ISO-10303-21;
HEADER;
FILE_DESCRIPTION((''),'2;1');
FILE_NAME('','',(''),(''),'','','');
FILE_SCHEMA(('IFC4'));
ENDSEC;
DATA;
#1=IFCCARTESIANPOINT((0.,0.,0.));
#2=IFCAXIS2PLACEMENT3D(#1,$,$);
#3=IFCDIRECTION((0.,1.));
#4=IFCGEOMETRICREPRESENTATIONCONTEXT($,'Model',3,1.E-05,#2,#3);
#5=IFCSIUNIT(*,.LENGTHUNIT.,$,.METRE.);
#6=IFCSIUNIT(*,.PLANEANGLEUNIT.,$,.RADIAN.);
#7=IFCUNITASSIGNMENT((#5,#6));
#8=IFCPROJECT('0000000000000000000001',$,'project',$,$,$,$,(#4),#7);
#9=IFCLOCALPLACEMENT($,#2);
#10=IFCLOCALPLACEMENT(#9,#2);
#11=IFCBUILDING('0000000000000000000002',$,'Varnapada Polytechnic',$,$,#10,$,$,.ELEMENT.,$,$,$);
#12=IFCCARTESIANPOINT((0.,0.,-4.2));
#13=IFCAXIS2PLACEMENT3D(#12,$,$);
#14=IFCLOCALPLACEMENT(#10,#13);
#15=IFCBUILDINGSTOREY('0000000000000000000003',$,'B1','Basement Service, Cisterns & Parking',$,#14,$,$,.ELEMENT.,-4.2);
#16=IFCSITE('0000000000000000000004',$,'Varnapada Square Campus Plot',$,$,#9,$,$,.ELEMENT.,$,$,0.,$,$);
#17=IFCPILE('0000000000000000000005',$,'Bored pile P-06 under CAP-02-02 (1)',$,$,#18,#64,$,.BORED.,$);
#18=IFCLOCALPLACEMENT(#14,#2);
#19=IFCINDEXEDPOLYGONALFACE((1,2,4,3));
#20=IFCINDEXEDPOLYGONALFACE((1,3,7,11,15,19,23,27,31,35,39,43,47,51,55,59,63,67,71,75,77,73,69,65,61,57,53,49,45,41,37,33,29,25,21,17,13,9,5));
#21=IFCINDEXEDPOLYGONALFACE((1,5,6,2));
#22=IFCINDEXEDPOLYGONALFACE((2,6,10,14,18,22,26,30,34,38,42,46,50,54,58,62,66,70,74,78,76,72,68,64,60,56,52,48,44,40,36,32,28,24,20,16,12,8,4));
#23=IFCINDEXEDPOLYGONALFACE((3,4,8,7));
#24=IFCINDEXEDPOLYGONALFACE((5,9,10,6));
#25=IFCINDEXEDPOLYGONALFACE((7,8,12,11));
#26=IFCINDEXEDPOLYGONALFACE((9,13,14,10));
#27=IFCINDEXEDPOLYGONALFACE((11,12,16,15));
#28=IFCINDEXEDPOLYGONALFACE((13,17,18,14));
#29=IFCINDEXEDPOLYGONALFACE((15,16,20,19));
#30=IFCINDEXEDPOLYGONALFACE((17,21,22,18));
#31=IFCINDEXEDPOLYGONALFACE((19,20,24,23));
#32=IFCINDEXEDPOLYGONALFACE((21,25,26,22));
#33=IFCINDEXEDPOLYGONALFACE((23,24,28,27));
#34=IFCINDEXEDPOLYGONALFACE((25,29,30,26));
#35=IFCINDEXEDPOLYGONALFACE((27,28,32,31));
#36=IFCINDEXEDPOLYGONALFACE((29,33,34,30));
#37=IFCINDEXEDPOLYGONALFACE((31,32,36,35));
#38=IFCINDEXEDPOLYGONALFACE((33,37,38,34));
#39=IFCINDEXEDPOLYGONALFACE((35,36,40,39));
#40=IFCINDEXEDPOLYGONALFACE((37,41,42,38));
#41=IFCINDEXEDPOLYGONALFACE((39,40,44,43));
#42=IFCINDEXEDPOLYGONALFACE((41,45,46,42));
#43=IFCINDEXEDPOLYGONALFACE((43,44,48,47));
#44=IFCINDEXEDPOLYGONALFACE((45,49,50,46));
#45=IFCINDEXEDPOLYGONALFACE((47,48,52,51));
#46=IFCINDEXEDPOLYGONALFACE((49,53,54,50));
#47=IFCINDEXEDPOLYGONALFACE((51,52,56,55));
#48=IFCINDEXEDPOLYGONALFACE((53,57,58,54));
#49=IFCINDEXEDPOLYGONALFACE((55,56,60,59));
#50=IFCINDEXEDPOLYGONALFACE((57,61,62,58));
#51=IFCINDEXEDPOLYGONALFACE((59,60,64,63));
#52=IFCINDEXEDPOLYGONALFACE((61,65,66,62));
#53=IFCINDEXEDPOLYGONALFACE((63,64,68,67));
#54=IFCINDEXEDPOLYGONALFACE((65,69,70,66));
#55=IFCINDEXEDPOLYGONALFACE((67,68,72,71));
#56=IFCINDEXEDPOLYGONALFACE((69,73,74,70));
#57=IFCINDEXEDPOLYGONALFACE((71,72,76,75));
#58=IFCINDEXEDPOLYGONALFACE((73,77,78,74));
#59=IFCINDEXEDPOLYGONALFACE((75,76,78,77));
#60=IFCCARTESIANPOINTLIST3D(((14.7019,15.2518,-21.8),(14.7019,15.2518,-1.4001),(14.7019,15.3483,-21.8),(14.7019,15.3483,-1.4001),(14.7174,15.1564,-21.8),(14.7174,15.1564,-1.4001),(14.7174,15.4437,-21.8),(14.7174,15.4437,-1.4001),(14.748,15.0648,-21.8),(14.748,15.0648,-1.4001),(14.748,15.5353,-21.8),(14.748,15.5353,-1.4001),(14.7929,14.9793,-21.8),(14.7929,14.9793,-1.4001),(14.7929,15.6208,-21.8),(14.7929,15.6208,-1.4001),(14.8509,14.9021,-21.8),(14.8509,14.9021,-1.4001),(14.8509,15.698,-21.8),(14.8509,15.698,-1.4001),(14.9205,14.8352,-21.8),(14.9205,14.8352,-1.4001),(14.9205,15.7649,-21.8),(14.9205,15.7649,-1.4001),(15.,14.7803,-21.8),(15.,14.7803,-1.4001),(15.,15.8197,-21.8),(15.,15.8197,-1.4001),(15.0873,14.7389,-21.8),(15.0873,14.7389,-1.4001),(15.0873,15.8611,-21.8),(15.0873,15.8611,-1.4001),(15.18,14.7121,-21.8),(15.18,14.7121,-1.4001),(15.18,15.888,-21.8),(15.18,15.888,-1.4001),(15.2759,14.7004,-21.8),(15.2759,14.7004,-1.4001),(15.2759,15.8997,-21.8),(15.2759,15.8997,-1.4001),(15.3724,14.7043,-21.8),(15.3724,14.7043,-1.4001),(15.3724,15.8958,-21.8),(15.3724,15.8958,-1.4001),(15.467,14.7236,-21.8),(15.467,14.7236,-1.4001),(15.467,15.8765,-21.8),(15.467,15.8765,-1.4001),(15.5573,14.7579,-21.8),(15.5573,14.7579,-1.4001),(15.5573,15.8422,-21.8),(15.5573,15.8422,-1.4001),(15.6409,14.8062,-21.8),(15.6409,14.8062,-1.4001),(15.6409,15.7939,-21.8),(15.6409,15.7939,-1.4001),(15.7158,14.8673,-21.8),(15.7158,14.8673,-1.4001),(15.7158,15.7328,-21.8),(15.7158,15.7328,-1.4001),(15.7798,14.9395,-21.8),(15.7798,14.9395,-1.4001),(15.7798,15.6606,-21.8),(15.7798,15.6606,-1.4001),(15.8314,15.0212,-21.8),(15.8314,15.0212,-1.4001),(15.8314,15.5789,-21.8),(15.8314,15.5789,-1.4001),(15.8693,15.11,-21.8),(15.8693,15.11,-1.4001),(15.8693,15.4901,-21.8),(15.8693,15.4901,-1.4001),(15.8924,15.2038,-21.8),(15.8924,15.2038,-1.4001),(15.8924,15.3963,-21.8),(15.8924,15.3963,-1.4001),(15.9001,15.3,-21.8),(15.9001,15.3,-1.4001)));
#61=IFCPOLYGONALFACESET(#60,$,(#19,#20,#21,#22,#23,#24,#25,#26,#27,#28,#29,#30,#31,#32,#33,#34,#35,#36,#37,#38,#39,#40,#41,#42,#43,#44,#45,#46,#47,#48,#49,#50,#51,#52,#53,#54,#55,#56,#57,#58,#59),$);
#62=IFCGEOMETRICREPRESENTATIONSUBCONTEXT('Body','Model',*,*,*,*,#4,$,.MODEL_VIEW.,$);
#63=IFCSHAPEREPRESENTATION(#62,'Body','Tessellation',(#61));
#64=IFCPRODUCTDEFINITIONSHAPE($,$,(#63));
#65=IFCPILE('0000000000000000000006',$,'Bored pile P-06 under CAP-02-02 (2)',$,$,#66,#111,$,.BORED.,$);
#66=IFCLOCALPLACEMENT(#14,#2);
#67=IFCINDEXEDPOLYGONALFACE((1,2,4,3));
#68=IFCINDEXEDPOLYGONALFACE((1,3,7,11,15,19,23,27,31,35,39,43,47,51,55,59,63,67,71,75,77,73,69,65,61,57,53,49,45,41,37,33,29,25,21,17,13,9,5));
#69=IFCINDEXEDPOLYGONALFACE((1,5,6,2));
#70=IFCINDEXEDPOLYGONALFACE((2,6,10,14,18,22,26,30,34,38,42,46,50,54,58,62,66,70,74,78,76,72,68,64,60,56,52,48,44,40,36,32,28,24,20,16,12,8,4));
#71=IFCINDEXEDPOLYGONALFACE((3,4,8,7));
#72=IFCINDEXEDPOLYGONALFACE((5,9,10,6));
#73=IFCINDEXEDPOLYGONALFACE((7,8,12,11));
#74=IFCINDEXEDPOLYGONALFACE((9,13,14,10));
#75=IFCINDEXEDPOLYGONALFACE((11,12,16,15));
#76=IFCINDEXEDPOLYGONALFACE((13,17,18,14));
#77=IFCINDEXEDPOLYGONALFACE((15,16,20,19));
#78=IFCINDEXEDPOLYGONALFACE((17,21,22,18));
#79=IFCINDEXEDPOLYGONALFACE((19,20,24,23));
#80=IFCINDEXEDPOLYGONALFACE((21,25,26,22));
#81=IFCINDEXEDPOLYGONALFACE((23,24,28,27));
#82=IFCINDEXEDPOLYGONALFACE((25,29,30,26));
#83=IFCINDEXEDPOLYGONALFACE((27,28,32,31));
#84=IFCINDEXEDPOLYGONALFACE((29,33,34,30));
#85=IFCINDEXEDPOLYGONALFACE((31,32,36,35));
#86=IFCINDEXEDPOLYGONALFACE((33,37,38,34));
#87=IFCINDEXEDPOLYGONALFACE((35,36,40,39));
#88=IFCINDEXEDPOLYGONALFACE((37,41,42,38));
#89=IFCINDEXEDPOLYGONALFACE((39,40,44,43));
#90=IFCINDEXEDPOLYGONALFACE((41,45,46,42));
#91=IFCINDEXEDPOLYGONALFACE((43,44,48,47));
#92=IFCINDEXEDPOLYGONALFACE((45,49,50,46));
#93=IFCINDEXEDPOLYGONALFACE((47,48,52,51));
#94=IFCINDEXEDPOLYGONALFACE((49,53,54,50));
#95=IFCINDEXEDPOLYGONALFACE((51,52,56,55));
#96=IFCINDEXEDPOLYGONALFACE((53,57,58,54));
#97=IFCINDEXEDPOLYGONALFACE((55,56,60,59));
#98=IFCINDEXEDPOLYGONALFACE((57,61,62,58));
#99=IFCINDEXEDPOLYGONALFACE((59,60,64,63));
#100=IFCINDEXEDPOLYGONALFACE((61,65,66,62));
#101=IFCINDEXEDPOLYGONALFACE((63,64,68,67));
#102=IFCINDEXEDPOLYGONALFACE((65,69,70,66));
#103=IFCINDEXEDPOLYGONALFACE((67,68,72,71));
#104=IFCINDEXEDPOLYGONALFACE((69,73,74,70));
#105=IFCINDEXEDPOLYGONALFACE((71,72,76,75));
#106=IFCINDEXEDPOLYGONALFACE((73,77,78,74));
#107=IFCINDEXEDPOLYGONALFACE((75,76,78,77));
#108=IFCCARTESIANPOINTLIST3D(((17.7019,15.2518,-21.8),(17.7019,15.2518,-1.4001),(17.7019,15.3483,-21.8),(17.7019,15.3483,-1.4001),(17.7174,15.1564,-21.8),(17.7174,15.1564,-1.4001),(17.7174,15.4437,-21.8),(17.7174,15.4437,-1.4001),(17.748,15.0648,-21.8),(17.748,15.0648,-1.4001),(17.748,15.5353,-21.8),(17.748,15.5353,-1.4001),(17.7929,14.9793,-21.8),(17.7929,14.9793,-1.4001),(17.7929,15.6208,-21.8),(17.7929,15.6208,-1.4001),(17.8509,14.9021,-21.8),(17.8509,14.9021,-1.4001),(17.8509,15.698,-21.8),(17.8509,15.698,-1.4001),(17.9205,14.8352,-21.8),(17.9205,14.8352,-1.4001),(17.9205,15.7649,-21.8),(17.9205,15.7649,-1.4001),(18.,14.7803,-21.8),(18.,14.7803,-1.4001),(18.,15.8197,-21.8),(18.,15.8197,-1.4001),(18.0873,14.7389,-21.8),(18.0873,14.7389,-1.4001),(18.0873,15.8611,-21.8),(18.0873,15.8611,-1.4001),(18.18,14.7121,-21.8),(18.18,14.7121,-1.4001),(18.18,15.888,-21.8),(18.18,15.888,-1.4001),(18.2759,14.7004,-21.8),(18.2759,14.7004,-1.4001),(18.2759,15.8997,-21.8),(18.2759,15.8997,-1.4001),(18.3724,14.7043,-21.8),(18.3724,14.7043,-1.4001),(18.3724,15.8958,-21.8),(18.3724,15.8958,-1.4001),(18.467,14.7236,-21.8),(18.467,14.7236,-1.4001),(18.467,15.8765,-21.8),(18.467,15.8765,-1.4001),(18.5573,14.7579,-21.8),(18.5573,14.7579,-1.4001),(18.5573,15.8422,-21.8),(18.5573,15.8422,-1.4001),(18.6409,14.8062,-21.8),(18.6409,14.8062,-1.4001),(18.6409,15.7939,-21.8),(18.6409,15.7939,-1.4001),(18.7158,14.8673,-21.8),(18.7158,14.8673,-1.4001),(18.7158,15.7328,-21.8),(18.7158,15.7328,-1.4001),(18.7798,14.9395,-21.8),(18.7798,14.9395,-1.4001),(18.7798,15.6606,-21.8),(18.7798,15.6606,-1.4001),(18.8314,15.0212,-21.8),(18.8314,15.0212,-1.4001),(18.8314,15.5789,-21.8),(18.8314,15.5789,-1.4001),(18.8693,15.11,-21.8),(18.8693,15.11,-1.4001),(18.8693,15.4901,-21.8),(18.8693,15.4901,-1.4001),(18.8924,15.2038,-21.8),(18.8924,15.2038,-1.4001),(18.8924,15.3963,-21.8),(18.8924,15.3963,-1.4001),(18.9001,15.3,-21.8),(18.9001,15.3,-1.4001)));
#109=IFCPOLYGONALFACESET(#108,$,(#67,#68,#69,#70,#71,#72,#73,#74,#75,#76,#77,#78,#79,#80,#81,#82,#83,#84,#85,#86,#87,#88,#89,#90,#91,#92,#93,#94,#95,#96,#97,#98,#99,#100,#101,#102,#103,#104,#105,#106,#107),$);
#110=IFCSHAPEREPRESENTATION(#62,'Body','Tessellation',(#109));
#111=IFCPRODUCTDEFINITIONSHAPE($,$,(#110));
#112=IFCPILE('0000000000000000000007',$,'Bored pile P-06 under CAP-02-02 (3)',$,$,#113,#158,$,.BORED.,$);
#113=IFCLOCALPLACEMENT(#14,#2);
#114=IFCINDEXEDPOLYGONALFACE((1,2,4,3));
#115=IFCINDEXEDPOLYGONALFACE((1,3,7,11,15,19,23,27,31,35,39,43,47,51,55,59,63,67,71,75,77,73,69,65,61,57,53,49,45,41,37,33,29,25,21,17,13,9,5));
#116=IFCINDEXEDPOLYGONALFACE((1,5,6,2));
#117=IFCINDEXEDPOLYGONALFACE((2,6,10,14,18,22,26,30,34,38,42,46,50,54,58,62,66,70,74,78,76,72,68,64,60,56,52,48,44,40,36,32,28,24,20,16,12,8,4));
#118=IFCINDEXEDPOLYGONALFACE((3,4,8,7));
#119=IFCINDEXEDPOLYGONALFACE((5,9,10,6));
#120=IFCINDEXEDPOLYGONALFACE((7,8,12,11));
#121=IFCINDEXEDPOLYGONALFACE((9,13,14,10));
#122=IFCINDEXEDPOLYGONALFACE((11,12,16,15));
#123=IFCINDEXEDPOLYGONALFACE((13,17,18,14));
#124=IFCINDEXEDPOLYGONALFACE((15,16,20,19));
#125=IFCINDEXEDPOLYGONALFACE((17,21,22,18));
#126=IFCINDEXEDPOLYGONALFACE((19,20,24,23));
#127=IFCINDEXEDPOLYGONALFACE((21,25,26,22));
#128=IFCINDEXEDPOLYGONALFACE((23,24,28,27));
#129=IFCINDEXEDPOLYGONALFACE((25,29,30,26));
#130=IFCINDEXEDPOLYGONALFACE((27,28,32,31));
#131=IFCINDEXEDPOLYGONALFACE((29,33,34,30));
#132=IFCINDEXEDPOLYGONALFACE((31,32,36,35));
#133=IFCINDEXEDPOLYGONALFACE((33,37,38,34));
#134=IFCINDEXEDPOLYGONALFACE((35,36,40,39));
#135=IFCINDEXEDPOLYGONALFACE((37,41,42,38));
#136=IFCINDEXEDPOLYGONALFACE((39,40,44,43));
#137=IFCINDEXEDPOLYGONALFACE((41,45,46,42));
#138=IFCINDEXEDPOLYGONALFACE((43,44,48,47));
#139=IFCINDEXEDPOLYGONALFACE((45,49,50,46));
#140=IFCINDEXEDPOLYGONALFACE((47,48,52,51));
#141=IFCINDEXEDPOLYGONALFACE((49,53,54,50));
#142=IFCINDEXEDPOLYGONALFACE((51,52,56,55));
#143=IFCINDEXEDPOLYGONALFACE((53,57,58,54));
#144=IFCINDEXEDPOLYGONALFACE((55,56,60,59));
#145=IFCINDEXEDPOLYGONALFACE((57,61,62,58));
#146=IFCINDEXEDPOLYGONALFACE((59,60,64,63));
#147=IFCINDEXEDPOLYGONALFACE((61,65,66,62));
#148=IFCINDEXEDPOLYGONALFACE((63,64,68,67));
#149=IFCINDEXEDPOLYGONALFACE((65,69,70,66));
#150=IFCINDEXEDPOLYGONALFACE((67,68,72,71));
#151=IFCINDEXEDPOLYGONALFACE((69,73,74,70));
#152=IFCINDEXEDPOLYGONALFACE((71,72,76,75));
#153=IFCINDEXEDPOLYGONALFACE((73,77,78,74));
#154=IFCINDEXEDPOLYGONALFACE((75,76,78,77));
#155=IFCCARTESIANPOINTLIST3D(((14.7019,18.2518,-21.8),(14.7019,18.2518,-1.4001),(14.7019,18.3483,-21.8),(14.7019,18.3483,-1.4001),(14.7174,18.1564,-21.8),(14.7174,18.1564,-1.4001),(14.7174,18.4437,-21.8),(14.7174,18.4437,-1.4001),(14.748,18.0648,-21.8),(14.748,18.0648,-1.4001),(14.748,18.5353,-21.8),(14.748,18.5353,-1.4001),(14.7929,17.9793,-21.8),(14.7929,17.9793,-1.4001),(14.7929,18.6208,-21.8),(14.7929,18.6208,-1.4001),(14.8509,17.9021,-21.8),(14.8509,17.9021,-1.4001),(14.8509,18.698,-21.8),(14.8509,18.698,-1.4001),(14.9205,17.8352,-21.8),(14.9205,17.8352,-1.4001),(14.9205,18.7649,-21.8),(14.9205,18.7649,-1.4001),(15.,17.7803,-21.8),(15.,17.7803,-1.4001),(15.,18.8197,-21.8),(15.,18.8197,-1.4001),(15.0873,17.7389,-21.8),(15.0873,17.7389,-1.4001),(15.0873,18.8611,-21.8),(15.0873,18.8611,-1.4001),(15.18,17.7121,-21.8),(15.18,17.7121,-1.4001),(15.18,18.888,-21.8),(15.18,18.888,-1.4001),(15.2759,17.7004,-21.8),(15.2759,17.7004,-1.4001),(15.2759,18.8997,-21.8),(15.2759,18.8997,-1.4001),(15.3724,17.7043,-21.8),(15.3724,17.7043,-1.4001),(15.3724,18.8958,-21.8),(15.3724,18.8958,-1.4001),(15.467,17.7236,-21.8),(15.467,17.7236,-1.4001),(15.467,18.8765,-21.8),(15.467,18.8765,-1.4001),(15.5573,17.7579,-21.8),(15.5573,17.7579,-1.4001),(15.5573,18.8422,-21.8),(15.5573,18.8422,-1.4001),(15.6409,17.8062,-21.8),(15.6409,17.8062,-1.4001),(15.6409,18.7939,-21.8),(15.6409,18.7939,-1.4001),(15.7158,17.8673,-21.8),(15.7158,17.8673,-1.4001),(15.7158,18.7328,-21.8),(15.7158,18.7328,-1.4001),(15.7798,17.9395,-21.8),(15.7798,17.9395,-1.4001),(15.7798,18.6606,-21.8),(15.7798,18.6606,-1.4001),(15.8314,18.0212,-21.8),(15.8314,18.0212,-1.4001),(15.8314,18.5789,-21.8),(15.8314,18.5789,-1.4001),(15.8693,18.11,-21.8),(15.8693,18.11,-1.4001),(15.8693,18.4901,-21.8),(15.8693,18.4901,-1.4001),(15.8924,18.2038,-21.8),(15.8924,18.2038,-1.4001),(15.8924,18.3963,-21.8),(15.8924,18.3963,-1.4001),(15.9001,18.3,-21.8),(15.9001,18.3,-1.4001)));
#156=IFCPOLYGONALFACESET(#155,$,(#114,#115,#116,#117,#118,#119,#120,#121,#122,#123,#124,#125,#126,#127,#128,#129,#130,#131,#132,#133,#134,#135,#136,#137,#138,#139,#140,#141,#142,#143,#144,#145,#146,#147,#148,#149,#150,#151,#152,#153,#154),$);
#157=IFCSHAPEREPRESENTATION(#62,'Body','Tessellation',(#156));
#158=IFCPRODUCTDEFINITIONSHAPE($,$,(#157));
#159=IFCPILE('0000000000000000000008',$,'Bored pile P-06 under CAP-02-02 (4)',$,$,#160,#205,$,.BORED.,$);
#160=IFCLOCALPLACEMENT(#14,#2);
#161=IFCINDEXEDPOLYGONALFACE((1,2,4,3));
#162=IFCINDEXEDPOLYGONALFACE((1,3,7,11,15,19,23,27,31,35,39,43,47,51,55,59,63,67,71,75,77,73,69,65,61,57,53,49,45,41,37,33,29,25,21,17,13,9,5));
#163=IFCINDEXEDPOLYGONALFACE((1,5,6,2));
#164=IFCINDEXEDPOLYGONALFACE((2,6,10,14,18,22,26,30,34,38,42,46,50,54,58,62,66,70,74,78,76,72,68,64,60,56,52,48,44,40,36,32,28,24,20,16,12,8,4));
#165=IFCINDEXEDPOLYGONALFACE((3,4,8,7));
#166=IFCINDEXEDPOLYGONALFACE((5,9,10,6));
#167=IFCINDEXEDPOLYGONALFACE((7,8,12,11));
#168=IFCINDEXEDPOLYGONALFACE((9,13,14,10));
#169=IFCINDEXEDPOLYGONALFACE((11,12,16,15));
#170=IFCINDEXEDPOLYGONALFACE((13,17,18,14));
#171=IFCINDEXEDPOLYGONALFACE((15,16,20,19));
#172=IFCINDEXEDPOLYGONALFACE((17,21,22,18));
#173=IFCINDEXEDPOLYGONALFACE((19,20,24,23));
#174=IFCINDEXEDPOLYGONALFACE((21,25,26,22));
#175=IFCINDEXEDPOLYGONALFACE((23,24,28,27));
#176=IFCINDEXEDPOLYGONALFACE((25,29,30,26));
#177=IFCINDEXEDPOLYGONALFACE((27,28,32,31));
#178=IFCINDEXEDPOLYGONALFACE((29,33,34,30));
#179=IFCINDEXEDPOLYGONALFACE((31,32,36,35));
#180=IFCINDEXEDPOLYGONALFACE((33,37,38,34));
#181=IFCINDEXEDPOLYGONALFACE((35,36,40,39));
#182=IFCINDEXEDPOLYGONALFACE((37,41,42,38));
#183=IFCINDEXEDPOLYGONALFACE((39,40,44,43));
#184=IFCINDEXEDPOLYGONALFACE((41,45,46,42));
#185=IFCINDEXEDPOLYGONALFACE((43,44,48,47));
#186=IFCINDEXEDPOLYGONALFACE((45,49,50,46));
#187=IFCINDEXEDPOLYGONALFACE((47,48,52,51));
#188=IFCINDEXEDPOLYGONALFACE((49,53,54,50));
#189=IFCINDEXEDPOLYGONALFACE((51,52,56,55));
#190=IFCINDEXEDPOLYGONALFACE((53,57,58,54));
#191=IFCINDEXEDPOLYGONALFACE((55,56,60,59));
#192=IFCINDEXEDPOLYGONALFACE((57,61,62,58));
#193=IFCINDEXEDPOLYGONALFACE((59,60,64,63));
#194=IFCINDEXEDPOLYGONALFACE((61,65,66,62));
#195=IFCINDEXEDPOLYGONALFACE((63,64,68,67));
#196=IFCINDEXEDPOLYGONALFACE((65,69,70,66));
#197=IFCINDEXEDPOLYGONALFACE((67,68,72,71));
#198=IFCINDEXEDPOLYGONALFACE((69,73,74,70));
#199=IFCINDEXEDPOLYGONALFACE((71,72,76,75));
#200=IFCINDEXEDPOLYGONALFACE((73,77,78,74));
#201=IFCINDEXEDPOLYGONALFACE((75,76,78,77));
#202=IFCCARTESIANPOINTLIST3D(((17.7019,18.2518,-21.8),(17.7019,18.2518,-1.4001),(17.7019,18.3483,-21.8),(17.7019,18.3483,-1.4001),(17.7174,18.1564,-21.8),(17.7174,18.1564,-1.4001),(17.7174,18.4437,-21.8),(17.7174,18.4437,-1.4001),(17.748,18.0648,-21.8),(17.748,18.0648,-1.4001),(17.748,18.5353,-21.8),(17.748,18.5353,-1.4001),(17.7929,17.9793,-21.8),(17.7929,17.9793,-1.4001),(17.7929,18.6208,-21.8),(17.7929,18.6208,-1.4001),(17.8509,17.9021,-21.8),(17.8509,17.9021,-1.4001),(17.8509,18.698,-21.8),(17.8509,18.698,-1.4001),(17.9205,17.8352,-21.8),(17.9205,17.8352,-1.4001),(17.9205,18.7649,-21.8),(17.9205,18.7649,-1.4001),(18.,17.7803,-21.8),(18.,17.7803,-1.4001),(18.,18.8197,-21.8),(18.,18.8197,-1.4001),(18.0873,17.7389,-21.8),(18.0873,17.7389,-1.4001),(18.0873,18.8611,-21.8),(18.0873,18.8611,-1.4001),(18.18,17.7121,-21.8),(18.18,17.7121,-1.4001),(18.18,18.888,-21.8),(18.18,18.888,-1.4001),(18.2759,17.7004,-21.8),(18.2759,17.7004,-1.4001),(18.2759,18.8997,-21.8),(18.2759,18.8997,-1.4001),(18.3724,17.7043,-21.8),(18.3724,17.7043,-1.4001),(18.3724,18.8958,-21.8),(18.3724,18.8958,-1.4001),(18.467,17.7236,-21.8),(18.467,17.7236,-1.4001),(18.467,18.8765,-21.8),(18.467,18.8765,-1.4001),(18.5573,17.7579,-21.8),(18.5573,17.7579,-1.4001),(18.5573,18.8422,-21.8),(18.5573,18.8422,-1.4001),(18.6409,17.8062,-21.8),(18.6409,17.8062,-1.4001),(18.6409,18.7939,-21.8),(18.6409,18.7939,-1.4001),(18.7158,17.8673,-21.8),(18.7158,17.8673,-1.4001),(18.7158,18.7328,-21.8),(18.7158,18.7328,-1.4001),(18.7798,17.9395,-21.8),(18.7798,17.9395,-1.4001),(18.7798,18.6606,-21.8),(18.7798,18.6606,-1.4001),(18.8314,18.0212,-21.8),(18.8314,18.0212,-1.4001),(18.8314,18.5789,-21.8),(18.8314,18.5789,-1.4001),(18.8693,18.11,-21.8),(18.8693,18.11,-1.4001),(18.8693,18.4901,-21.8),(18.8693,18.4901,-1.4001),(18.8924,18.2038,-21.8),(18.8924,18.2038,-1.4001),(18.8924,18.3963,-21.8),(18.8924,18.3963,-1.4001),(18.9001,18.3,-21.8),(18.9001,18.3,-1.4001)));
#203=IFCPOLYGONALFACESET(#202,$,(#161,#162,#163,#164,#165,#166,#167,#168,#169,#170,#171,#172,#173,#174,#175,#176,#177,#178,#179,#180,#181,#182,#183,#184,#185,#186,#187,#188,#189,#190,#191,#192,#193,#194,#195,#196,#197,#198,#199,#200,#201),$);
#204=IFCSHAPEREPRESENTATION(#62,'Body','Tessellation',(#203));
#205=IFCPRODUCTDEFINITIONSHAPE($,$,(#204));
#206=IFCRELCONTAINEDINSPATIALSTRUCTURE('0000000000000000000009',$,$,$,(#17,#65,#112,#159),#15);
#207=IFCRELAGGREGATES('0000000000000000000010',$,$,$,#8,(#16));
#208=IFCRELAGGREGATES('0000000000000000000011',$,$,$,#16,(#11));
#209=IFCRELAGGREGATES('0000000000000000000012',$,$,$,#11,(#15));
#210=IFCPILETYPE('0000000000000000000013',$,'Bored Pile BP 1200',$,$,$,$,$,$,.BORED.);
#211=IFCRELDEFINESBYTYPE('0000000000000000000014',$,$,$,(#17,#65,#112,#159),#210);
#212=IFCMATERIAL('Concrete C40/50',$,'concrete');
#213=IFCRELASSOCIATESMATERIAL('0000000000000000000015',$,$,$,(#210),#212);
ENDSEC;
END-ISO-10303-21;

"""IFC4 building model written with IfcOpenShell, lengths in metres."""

from ifc_helpers import new_model, si_unit, direction, frame, origin, origin_2d, place, context, subcontext, project, spatial, circle, extrude, material, material_profile, profile_set, type_object, element, save


model = new_model("IFC4")

# Units and contexts
model_context = context("Model", 3, precision=1e-05, world=origin(), true_north=direction((0.0, 1.0)))
body_context = subcontext(model_context, "Body", "Model", "MODEL_VIEW")
ifc_project = project(units=[si_unit("LENGTHUNIT", "METRE"), si_unit("PLANEANGLEUNIT", "RADIAN")], contexts=[model_context])

# Site, building, storey
site_placement = place(None, origin())
site = spatial("IfcSite", under=ifc_project, at=site_placement, Name="Varnapada Square Campus Plot", CompositionType="ELEMENT", RefElevation=0.0)
building_placement = place(site_placement, origin())
building = spatial("IfcBuilding", under=site, at=building_placement, Name="Varnapada Polytechnic", CompositionType="ELEMENT")
storey_placement = place(building_placement, frame((0.0, 0.0, -4.2)))
storey = spatial("IfcBuildingStorey", under=building, at=storey_placement, Name="B1", Description="Basement Service, Cisterns & Parking", CompositionType="ELEMENT", Elevation=-4.2)

# Piles
ifc_material_1 = material(Name="Concrete C40/50", Category="concrete")
ifc_material_profile_1 = material_profile(ifc_material_1, circle(Radius=0.6001, at=origin_2d()), Name="BP 1200")
ifc_profile_set_1 = profile_set([ifc_material_profile_1], Name="Concrete C40/50")
pile_type_1 = type_object("IfcPileType", Name="Bored Pile BP 1200", PredefinedType="BORED", material=ifc_profile_set_1)
for number, where, z_axis, x_axis, name in (
    (1, (15.3, 15.3, -1.4001), (0.0, 0.0, -1.0), (1.0, 0.0, 0.0), "Bored pile P-06 under CAP-02-02 (1)"),
    (2, (18.3, 15.3, -1.4001), (0.0, 0.0, -1.0), (1.0, 0.0, 0.0), "Bored pile P-06 under CAP-02-02 (2)"),
    (3, (15.3, 18.3, -1.4001), (0.0, 0.0, -1.0), (1.0, 0.0, 0.0), "Bored pile P-06 under CAP-02-02 (3)"),
    (4, (18.3, 18.3, -1.4001), (0.0, 0.0, -1.0), (1.0, 0.0, 0.0), "Bored pile P-06 under CAP-02-02 (4)"),
):
    element("IfcPile", number, at=place(storey_placement, frame(where, z_axis=z_axis, x_axis=x_axis)), inside=storey, type_object=pile_type_1, Name=name, PredefinedType="BORED", context=body_context, shape_type="SweptSolid", body=[
        extrude(circle(Radius=0.6001, at=origin_2d()), origin(), (0.0, 0.0, 1.0), 20.3999),
    ])

save(model, "model.ifc")
